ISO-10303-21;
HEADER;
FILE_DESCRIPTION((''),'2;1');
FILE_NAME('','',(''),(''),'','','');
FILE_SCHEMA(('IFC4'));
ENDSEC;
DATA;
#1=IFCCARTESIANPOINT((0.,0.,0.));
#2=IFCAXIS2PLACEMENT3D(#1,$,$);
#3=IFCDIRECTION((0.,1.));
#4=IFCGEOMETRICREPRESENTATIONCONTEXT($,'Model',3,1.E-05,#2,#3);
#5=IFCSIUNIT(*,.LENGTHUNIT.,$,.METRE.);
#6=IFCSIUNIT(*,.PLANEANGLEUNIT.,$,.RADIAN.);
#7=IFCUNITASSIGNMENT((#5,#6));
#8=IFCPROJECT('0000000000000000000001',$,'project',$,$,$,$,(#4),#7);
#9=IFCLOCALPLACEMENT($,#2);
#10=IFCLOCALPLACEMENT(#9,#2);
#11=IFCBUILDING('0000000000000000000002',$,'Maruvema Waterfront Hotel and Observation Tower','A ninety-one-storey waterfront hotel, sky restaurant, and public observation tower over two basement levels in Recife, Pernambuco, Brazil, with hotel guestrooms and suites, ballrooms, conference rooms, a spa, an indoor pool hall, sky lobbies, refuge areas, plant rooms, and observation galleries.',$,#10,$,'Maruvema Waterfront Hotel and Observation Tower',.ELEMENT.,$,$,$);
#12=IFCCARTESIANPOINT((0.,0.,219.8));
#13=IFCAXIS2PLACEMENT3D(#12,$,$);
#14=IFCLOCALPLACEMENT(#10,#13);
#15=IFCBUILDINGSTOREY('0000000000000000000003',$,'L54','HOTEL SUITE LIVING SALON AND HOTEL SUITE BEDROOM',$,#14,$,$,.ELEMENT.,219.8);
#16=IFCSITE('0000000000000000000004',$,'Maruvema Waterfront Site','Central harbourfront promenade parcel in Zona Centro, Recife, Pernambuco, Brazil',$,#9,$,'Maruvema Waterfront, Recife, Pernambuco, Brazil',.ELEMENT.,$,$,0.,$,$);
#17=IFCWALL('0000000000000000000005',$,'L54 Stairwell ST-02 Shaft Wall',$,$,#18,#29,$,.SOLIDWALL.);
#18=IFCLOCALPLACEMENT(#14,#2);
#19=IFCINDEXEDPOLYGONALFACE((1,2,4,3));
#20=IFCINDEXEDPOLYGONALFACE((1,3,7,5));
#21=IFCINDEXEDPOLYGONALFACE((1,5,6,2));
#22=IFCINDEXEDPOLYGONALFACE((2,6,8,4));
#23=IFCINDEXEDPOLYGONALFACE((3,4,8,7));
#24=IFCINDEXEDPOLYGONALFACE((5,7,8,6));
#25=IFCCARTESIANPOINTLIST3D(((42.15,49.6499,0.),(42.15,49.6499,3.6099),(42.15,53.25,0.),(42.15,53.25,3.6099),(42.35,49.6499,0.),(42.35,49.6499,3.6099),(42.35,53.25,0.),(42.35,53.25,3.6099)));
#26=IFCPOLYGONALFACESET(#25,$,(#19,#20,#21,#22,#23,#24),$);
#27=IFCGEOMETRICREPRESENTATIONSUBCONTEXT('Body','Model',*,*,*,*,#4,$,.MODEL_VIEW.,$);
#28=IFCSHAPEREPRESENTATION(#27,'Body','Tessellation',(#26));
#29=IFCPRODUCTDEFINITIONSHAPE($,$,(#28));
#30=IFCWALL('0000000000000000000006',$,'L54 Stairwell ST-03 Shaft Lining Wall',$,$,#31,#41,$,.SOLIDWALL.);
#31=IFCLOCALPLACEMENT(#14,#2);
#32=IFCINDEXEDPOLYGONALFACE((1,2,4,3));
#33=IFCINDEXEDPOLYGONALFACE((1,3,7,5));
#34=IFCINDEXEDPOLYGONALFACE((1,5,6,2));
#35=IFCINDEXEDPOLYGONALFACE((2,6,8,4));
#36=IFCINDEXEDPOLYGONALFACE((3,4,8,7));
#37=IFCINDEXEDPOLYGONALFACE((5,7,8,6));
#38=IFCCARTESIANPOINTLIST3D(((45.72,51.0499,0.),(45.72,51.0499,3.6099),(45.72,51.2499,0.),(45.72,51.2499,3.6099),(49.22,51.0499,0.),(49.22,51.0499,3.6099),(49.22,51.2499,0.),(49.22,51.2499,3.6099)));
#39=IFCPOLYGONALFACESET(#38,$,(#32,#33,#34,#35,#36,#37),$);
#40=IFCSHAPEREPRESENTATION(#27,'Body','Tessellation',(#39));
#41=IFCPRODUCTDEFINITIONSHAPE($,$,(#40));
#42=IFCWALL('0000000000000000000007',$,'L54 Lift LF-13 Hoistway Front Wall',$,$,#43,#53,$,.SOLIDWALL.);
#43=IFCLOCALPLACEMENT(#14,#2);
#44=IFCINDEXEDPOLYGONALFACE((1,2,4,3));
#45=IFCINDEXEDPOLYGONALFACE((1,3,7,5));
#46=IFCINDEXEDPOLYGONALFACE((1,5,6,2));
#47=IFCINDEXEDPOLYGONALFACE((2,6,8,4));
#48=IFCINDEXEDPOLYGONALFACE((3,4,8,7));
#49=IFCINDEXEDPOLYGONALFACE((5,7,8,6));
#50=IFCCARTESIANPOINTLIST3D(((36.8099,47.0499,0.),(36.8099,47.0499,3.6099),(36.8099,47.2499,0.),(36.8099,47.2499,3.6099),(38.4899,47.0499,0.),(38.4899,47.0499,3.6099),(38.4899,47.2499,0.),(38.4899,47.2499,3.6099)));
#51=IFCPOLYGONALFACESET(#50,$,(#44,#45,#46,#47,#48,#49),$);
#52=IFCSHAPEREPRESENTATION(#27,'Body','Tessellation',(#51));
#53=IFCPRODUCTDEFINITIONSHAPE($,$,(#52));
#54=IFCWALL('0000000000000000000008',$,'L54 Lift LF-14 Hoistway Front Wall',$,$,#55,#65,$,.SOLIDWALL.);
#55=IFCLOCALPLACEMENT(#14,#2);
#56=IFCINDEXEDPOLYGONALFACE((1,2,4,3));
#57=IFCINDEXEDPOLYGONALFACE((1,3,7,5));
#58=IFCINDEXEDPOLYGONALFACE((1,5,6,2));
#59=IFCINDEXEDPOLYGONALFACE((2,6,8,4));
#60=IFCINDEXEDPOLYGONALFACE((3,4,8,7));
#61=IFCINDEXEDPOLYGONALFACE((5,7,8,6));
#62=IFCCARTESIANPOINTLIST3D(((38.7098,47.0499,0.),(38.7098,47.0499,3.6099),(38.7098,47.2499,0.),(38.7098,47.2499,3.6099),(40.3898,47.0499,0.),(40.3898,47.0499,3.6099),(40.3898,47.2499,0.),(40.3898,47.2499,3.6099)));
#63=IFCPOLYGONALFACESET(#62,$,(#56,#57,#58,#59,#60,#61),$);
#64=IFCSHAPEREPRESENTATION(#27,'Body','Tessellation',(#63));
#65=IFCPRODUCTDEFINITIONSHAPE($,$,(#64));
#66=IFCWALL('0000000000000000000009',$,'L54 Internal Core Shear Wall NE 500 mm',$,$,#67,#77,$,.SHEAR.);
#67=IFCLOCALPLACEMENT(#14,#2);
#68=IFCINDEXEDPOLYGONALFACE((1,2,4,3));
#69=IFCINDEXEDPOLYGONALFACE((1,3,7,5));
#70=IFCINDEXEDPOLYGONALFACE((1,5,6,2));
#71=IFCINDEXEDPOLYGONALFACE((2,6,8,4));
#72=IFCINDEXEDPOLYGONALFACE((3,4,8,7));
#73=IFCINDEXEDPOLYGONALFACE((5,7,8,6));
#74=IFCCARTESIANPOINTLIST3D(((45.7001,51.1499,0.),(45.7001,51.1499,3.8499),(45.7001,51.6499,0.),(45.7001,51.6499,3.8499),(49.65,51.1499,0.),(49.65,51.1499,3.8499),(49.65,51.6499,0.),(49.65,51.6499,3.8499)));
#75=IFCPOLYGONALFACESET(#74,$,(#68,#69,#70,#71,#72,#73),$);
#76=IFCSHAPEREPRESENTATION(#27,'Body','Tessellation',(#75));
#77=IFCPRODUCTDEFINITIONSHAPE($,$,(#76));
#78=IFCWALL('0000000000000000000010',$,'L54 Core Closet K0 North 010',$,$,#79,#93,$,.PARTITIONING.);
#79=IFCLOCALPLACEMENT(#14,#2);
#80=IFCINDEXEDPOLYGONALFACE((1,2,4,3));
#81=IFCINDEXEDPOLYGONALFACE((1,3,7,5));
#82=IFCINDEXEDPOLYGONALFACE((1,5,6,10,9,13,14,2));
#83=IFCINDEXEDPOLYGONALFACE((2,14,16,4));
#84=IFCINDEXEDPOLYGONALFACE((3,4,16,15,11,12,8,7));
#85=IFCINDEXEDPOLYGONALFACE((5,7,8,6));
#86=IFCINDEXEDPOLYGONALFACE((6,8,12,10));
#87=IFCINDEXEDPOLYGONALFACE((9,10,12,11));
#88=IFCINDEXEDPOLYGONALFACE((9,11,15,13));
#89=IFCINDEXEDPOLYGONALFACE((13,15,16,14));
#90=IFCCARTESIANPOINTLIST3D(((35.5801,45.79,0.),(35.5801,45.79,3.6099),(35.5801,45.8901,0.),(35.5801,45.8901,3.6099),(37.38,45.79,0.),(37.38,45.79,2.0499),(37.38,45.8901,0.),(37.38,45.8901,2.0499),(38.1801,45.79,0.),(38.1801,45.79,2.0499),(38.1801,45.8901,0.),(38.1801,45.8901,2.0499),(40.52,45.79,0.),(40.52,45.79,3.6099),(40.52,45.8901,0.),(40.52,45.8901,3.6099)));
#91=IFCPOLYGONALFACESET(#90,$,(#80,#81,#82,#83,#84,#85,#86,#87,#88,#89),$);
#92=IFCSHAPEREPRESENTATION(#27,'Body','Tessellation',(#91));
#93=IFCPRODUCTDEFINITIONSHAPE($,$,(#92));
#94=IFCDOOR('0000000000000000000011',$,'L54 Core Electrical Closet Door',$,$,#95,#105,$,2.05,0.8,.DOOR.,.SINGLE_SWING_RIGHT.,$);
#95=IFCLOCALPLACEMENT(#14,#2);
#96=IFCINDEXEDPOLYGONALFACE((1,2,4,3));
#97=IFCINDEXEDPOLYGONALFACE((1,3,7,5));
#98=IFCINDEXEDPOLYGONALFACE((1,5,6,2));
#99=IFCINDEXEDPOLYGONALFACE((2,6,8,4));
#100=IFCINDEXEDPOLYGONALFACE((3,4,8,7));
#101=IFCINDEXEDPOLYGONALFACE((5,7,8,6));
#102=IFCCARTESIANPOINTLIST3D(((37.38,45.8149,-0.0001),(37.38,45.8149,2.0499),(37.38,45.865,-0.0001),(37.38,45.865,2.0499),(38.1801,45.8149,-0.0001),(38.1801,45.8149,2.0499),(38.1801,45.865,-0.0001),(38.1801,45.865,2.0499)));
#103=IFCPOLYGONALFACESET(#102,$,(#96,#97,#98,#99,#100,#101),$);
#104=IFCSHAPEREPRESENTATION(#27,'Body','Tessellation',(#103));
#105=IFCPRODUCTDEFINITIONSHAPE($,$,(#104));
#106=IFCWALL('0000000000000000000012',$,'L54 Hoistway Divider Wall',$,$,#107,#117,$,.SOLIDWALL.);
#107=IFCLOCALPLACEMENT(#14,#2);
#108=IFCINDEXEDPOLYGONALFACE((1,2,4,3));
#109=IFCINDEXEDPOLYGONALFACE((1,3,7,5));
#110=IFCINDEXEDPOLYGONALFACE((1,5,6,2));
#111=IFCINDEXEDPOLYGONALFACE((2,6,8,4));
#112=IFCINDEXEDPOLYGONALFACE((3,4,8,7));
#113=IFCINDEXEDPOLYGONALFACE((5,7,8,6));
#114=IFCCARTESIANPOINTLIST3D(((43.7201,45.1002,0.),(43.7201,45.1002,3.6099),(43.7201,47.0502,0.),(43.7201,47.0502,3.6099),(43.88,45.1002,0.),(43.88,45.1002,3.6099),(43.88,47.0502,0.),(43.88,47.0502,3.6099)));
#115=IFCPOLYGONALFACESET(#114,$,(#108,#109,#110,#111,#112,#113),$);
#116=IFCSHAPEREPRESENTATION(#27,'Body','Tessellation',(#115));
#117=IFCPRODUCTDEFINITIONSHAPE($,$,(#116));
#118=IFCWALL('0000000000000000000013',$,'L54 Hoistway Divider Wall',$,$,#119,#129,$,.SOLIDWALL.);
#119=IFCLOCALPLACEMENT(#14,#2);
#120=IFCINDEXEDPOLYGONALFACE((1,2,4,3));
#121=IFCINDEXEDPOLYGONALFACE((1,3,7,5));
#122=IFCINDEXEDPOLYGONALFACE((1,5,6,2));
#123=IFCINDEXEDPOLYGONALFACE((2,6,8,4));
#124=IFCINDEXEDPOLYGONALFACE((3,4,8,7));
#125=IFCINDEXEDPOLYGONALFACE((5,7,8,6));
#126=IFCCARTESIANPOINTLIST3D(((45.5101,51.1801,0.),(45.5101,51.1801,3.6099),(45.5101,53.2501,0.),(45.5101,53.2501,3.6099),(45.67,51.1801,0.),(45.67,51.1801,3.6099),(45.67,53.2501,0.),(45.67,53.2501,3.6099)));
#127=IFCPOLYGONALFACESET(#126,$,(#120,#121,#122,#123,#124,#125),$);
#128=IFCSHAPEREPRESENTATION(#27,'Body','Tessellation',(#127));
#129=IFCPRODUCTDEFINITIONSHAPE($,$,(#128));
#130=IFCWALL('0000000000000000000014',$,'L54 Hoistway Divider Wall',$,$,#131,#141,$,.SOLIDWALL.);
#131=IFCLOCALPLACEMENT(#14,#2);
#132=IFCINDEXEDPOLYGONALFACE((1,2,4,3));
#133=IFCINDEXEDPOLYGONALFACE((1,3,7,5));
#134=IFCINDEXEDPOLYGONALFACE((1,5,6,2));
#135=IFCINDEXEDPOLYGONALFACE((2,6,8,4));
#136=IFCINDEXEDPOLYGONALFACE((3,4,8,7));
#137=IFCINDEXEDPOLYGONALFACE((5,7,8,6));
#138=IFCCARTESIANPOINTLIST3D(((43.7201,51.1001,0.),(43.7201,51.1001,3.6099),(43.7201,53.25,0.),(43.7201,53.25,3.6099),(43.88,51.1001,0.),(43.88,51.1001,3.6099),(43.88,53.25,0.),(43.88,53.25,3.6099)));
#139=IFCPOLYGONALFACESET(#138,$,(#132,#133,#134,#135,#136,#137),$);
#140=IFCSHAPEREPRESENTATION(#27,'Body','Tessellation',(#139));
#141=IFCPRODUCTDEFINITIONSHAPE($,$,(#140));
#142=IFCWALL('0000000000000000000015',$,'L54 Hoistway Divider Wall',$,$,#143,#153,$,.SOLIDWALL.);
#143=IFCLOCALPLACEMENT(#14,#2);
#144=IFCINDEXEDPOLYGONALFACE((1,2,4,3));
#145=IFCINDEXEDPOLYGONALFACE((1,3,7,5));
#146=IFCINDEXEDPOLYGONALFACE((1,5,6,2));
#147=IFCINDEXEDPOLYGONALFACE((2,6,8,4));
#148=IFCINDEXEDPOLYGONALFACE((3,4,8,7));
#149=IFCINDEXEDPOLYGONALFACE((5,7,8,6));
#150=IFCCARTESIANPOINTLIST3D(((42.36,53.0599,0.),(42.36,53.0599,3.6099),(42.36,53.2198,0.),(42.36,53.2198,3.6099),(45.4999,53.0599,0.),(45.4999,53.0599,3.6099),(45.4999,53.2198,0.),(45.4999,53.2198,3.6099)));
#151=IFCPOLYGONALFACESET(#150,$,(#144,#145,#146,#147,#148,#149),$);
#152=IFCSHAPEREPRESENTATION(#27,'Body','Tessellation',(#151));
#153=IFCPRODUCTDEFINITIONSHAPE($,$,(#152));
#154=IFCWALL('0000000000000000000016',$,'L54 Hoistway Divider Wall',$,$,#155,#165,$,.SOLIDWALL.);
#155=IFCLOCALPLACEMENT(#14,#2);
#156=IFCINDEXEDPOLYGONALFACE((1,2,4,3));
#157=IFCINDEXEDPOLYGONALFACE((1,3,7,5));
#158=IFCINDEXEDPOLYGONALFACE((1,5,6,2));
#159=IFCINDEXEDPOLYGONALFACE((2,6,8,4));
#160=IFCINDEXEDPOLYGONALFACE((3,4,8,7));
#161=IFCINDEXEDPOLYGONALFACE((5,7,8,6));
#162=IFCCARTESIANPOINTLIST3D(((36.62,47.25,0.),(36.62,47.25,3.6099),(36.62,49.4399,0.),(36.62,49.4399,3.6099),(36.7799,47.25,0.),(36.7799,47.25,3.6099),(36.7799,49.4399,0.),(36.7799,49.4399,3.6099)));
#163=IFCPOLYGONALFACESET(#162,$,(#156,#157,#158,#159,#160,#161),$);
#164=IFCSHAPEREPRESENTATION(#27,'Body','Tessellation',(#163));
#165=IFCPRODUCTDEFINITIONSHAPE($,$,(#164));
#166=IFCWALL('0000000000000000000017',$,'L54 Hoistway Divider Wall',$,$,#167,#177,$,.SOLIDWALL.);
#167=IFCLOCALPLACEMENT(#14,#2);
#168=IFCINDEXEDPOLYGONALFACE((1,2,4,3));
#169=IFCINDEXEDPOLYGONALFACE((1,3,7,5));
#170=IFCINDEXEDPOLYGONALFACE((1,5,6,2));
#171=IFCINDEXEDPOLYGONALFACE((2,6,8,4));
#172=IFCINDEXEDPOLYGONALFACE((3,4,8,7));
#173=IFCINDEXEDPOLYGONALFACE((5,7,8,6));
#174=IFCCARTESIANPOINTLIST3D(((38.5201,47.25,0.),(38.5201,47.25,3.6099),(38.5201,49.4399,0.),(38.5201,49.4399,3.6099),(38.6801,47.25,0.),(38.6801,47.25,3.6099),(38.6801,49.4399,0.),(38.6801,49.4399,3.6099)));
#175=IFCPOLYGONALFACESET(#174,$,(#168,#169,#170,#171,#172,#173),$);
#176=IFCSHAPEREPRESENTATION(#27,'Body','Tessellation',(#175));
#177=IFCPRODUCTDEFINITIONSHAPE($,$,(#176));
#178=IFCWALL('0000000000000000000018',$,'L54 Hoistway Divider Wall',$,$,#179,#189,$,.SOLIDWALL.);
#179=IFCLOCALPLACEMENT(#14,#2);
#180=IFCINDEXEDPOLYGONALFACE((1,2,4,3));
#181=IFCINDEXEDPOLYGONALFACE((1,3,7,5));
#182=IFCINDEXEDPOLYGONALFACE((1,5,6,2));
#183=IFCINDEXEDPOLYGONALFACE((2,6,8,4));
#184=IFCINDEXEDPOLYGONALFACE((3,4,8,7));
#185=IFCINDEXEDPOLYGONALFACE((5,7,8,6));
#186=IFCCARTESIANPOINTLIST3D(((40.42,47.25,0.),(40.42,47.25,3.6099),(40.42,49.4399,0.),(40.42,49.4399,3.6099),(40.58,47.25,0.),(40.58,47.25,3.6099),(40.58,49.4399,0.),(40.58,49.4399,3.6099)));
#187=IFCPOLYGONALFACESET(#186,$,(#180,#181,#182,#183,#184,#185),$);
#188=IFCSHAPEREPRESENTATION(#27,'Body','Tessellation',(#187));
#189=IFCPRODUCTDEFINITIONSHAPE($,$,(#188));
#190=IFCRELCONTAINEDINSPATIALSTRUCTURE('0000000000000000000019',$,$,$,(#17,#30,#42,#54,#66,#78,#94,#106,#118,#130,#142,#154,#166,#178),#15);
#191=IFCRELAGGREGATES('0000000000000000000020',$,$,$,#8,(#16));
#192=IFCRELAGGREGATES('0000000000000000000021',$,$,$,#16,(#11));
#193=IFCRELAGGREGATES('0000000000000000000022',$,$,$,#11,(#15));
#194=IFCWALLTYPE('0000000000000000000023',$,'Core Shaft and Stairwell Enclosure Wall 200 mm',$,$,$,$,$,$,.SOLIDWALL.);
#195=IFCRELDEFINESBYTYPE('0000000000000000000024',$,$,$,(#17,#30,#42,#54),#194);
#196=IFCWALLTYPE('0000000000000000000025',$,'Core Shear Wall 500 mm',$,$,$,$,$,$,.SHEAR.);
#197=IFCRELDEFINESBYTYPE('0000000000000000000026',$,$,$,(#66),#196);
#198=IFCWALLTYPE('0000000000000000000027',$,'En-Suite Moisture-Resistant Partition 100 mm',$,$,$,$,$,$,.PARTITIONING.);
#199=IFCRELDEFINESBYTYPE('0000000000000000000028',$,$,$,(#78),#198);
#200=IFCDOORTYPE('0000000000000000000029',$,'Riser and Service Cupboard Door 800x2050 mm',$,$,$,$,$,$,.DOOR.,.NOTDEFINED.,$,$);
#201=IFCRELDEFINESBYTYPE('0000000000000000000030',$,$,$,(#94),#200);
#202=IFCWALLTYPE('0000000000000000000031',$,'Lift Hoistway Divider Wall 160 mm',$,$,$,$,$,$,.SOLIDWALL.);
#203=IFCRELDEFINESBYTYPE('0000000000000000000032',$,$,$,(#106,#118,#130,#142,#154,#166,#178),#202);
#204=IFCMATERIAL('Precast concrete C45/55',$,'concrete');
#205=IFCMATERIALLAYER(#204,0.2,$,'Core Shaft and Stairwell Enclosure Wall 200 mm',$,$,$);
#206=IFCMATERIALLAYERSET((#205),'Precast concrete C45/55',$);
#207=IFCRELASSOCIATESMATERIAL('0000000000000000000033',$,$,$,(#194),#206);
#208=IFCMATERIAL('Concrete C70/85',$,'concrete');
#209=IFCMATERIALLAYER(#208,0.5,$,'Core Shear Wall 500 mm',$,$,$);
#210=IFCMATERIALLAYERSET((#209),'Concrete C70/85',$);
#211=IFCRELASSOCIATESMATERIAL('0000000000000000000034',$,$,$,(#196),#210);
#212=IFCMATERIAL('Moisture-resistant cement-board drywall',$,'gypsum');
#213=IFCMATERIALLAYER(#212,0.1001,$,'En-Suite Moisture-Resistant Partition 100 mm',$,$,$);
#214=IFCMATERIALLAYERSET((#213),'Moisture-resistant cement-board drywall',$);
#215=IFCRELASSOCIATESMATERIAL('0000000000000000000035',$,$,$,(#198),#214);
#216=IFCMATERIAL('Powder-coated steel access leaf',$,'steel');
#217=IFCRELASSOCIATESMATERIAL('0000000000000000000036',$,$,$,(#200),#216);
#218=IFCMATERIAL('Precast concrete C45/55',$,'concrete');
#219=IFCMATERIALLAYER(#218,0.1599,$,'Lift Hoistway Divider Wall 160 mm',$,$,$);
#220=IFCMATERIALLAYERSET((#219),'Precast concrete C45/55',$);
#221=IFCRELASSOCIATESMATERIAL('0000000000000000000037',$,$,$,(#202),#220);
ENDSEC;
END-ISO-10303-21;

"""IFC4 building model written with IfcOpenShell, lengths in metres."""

from ifc_helpers import new_model, si_unit, direction, frame, frame_2d, origin, place, context, subcontext, project, spatial, rectangle, extrude, material, layer, layer_set, type_object, element, fill, save


model = new_model("IFC4")

# Units and contexts
model_context = context("Model", 3, precision=1e-05, world=origin(), true_north=direction((0.0, 1.0)))
body_context = subcontext(model_context, "Body", "Model", "MODEL_VIEW")
ifc_project = project(units=[si_unit("LENGTHUNIT", "METRE"), si_unit("PLANEANGLEUNIT", "RADIAN")], contexts=[model_context])

# Site, building, storey
site_placement = place(None, origin())
site = spatial("IfcSite", under=ifc_project, at=site_placement, Name="Maruvema Waterfront Site", Description="Central harbourfront promenade parcel in Zona Centro, Recife, Pernambuco, Brazil", LongName="Maruvema Waterfront, Recife, Pernambuco, Brazil", CompositionType="ELEMENT", RefElevation=0.0)
building_placement = place(site_placement, origin())
building = spatial("IfcBuilding", under=site, at=building_placement, Name="Maruvema Waterfront Hotel and Observation Tower", Description="A ninety-one-storey waterfront hotel, sky restaurant, and public observation tower over two basement levels in Recife, Pernambuco, Brazil, with hotel guestrooms and suites, ballrooms, conference rooms, a spa, an indoor pool hall, sky lobbies, refuge areas, plant rooms, and observation galleries.", LongName="Maruvema Waterfront Hotel and Observation Tower", CompositionType="ELEMENT")
storey_placement = place(building_placement, frame((0.0, 0.0, 219.8)))
storey = spatial("IfcBuildingStorey", under=building, at=storey_placement, Name="L54", Description="HOTEL SUITE LIVING SALON AND HOTEL SUITE BEDROOM", CompositionType="ELEMENT", Elevation=219.8)

# Walls
ifc_material_1 = material(Name="Precast concrete C45/55", Category="concrete")
ifc_layer_1 = layer(ifc_material_1, 0.2, Name="Core Shaft and Stairwell Enclosure Wall 200 mm")
ifc_layer_set_1 = layer_set([ifc_layer_1], Name="Precast concrete C45/55")
wall_type_1 = type_object("IfcWallType", Name="Core Shaft and Stairwell Enclosure Wall 200 mm", PredefinedType="SOLIDWALL", material=ifc_layer_set_1)
wall_1_placement = place(storey_placement, frame((42.25, 49.6499, 0.0), z_axis=(0.0, 0.0, 1.0), x_axis=(0.0, 1.0, 0.0)))
element("IfcWall", 1, at=wall_1_placement, inside=storey, type_object=wall_type_1, Name="L54 Stairwell ST-02 Shaft Wall", PredefinedType="SOLIDWALL", context=body_context, shape_type="SweptSolid", body=[
    extrude(rectangle(XDim=3.6001, YDim=0.2, at=frame_2d((1.8, 0.0))), origin(), (0.0, 0.0, 1.0), 3.6099),
])
wall_2_placement = place(storey_placement, frame((45.72, 51.1499, 0.0), z_axis=(0.0, 0.0, 1.0), x_axis=(1.0, 0.0, 0.0)))
element("IfcWall", 2, at=wall_2_placement, inside=storey, type_object=wall_type_1, Name="L54 Stairwell ST-03 Shaft Lining Wall", PredefinedType="SOLIDWALL", context=body_context, shape_type="SweptSolid", body=[
    extrude(rectangle(XDim=3.5, YDim=0.2, at=frame_2d((1.75, 0.0))), origin(), (0.0, 0.0, 1.0), 3.6099),
])

# Walls
for number, where, z_axis, x_axis, name in (
    (3, (36.8101, 47.1499, 0.0), (0.0, 0.0, 1.0), (1.0, 0.0, 0.0), "L54 Lift LF-13 Hoistway Front Wall"),
    (4, (38.71, 47.1499, 0.0), (0.0, 0.0, 1.0), (1.0, 0.0, 0.0), "L54 Lift LF-14 Hoistway Front Wall"),
):
    element("IfcWall", number, at=place(storey_placement, frame(where, z_axis=z_axis, x_axis=x_axis)), inside=storey, type_object=wall_type_1, Name=name, PredefinedType="SOLIDWALL", context=body_context, shape_type="SweptSolid", body=[
        extrude(rectangle(XDim=1.6799, YDim=0.2, at=frame_2d((0.8398, 0.0))), origin(), (0.0, 0.0, 1.0), 3.6099),
    ])
ifc_material_2 = material(Name="Concrete C70/85", Category="concrete")
ifc_layer_2 = layer(ifc_material_2, 0.5, Name="Core Shear Wall 500 mm")
ifc_layer_set_2 = layer_set([ifc_layer_2], Name="Concrete C70/85")
wall_type_2 = type_object("IfcWallType", Name="Core Shear Wall 500 mm", PredefinedType="SHEAR", material=ifc_layer_set_2)
wall_3_placement = place(storey_placement, frame((45.7, 51.3999, 0.0), z_axis=(0.0, 0.0, 1.0), x_axis=(1.0, 0.0, 0.0)))
element("IfcWall", 5, at=wall_3_placement, inside=storey, type_object=wall_type_2, Name="L54 Internal Core Shear Wall NE 500 mm", PredefinedType="SHEAR", context=body_context, shape_type="SweptSolid", body=[
    extrude(rectangle(XDim=3.95, YDim=0.5, at=frame_2d((1.9751, 0.0))), origin(), (0.0, 0.0, 1.0), 3.8499),
])

# Wall, opening, door
ifc_material_3 = material(Name="Moisture-resistant cement-board drywall", Category="gypsum")
ifc_layer_3 = layer(ifc_material_3, 0.1001, Name="En-Suite Moisture-Resistant Partition 100 mm")
ifc_layer_set_3 = layer_set([ifc_layer_3], Name="Moisture-resistant cement-board drywall")
wall_type_3 = type_object("IfcWallType", Name="En-Suite Moisture-Resistant Partition 100 mm", PredefinedType="PARTITIONING", material=ifc_layer_set_3)
wall_4_placement = place(storey_placement, frame((35.5801, 45.8401, 0.0), z_axis=(0.0, 0.0, 1.0), x_axis=(1.0, 0.0, 0.0)))
wall_4 = element("IfcWall", 6, at=wall_4_placement, inside=storey, type_object=wall_type_3, Name="L54 Core Closet K0 North 010", PredefinedType="PARTITIONING", context=body_context, shape_type="SweptSolid", body=[
    extrude(rectangle(XDim=4.9399, YDim=0.1001, at=frame_2d((2.47, 0.0))), origin(), (0.0, 0.0, 1.0), 3.6099),
])
opening_1_placement = place(wall_4_placement, frame((1.8, 0.0, 0.0)))
opening_1 = element("IfcOpeningElement", 7, at=opening_1_placement, cuts=wall_4, PredefinedType="OPENING", context=body_context, shape_type="SweptSolid", body=[
    extrude(rectangle(XDim=0.8, YDim=2.05, at=frame_2d((0.3999, 1.0249))), frame((0.0, 0.0601, 0.0), z_axis=(0.0, -1.0, 0.0), x_axis=(1.0, 0.0, 0.0)), (0.0, 0.0, 1.0), 0.1201),
])
ifc_material_4 = material(Name="Powder-coated steel access leaf", Category="steel")
door_type_1 = type_object("IfcDoorType", Name="Riser and Service Cupboard Door 800x2050 mm", OperationType="NOTDEFINED", PredefinedType="DOOR", material=ifc_material_4)
door_1_placement = place(opening_1_placement, origin())
door_1 = element("IfcDoor", 8, at=door_1_placement, inside=storey, type_object=door_type_1, Name="L54 Core Electrical Closet Door", OperationType="SINGLE_SWING_RIGHT", OverallHeight=2.05, OverallWidth=0.8, PredefinedType="DOOR", context=body_context, shape_type="SweptSolid", body=[
    extrude(rectangle(XDim=0.8, YDim=2.05, at=frame_2d((0.3999, 1.0249))), frame((0.0, 0.0249, 0.0), z_axis=(0.0, -1.0, 0.0), x_axis=(1.0, 0.0, 0.0)), (0.0, 0.0, 1.0), 0.05),
])
fill(opening_1, door_1)

# Walls
ifc_material_5 = material(Name="Precast concrete C45/55", Category="concrete")
ifc_layer_4 = layer(ifc_material_5, 0.1599, Name="Lift Hoistway Divider Wall 160 mm")
ifc_layer_set_4 = layer_set([ifc_layer_4], Name="Precast concrete C45/55")
wall_type_4 = type_object("IfcWallType", Name="Lift Hoistway Divider Wall 160 mm", PredefinedType="SOLIDWALL", material=ifc_layer_set_4)
wall_5_placement = place(storey_placement, frame((43.8, 45.1001, 0.0), z_axis=(0.0, 0.0, 1.0), x_axis=(0.0, 1.0, 0.0)))
element("IfcWall", 9, at=wall_5_placement, inside=storey, type_object=wall_type_4, Name="L54 Hoistway Divider Wall", PredefinedType="SOLIDWALL", context=body_context, shape_type="SweptSolid", body=[
    extrude(rectangle(XDim=1.95, YDim=0.1599, at=frame_2d((0.9751, 0.0))), origin(), (0.0, 0.0, 1.0), 3.6099),
])
wall_6_placement = place(storey_placement, frame((45.5901, 51.1799, 0.0), z_axis=(0.0, 0.0, 1.0), x_axis=(0.0, 1.0, 0.0)))
element("IfcWall", 10, at=wall_6_placement, inside=storey, type_object=wall_type_4, Name="L54 Hoistway Divider Wall", PredefinedType="SOLIDWALL", context=body_context, shape_type="SweptSolid", body=[
    extrude(rectangle(XDim=2.0701, YDim=0.1599, at=frame_2d((1.0352, 0.0))), origin(), (0.0, 0.0, 1.0), 3.6099),
])
wall_7_placement = place(storey_placement, frame((43.8, 51.1001, 0.0), z_axis=(0.0, 0.0, 1.0), x_axis=(0.0, 1.0, 0.0)))
element("IfcWall", 11, at=wall_7_placement, inside=storey, type_object=wall_type_4, Name="L54 Hoistway Divider Wall", PredefinedType="SOLIDWALL", context=body_context, shape_type="SweptSolid", body=[
    extrude(rectangle(XDim=2.1499, YDim=0.1599, at=frame_2d((1.075, 0.0))), origin(), (0.0, 0.0, 1.0), 3.6099),
])
wall_8_placement = place(storey_placement, frame((42.3601, 53.1399, 0.0), z_axis=(0.0, 0.0, 1.0), x_axis=(1.0, 0.0, 0.0)))
element("IfcWall", 12, at=wall_8_placement, inside=storey, type_object=wall_type_4, Name="L54 Hoistway Divider Wall", PredefinedType="SOLIDWALL", context=body_context, shape_type="SweptSolid", body=[
    extrude(rectangle(XDim=3.1399, YDim=0.1599, at=frame_2d((1.5698, 0.0))), origin(), (0.0, 0.0, 1.0), 3.6099),
])
for number, where, z_axis, x_axis, name in (
    (13, (36.7, 47.25, 0.0), (0.0, 0.0, 1.0), (0.0, 1.0, 0.0), "L54 Hoistway Divider Wall"),
    (14, (38.6001, 47.25, 0.0), (0.0, 0.0, 1.0), (0.0, 1.0, 0.0), "L54 Hoistway Divider Wall"),
    (15, (40.5, 47.25, 0.0), (0.0, 0.0, 1.0), (0.0, 1.0, 0.0), "L54 Hoistway Divider Wall"),
):
    element("IfcWall", number, at=place(storey_placement, frame(where, z_axis=z_axis, x_axis=x_axis)), inside=storey, type_object=wall_type_4, Name=name, PredefinedType="SOLIDWALL", context=body_context, shape_type="SweptSolid", body=[
        extrude(rectangle(XDim=2.1899, YDim=0.1599, at=frame_2d((1.095, 0.0))), origin(), (0.0, 0.0, 1.0), 3.6099),
    ])

save(model, "model.ifc")
